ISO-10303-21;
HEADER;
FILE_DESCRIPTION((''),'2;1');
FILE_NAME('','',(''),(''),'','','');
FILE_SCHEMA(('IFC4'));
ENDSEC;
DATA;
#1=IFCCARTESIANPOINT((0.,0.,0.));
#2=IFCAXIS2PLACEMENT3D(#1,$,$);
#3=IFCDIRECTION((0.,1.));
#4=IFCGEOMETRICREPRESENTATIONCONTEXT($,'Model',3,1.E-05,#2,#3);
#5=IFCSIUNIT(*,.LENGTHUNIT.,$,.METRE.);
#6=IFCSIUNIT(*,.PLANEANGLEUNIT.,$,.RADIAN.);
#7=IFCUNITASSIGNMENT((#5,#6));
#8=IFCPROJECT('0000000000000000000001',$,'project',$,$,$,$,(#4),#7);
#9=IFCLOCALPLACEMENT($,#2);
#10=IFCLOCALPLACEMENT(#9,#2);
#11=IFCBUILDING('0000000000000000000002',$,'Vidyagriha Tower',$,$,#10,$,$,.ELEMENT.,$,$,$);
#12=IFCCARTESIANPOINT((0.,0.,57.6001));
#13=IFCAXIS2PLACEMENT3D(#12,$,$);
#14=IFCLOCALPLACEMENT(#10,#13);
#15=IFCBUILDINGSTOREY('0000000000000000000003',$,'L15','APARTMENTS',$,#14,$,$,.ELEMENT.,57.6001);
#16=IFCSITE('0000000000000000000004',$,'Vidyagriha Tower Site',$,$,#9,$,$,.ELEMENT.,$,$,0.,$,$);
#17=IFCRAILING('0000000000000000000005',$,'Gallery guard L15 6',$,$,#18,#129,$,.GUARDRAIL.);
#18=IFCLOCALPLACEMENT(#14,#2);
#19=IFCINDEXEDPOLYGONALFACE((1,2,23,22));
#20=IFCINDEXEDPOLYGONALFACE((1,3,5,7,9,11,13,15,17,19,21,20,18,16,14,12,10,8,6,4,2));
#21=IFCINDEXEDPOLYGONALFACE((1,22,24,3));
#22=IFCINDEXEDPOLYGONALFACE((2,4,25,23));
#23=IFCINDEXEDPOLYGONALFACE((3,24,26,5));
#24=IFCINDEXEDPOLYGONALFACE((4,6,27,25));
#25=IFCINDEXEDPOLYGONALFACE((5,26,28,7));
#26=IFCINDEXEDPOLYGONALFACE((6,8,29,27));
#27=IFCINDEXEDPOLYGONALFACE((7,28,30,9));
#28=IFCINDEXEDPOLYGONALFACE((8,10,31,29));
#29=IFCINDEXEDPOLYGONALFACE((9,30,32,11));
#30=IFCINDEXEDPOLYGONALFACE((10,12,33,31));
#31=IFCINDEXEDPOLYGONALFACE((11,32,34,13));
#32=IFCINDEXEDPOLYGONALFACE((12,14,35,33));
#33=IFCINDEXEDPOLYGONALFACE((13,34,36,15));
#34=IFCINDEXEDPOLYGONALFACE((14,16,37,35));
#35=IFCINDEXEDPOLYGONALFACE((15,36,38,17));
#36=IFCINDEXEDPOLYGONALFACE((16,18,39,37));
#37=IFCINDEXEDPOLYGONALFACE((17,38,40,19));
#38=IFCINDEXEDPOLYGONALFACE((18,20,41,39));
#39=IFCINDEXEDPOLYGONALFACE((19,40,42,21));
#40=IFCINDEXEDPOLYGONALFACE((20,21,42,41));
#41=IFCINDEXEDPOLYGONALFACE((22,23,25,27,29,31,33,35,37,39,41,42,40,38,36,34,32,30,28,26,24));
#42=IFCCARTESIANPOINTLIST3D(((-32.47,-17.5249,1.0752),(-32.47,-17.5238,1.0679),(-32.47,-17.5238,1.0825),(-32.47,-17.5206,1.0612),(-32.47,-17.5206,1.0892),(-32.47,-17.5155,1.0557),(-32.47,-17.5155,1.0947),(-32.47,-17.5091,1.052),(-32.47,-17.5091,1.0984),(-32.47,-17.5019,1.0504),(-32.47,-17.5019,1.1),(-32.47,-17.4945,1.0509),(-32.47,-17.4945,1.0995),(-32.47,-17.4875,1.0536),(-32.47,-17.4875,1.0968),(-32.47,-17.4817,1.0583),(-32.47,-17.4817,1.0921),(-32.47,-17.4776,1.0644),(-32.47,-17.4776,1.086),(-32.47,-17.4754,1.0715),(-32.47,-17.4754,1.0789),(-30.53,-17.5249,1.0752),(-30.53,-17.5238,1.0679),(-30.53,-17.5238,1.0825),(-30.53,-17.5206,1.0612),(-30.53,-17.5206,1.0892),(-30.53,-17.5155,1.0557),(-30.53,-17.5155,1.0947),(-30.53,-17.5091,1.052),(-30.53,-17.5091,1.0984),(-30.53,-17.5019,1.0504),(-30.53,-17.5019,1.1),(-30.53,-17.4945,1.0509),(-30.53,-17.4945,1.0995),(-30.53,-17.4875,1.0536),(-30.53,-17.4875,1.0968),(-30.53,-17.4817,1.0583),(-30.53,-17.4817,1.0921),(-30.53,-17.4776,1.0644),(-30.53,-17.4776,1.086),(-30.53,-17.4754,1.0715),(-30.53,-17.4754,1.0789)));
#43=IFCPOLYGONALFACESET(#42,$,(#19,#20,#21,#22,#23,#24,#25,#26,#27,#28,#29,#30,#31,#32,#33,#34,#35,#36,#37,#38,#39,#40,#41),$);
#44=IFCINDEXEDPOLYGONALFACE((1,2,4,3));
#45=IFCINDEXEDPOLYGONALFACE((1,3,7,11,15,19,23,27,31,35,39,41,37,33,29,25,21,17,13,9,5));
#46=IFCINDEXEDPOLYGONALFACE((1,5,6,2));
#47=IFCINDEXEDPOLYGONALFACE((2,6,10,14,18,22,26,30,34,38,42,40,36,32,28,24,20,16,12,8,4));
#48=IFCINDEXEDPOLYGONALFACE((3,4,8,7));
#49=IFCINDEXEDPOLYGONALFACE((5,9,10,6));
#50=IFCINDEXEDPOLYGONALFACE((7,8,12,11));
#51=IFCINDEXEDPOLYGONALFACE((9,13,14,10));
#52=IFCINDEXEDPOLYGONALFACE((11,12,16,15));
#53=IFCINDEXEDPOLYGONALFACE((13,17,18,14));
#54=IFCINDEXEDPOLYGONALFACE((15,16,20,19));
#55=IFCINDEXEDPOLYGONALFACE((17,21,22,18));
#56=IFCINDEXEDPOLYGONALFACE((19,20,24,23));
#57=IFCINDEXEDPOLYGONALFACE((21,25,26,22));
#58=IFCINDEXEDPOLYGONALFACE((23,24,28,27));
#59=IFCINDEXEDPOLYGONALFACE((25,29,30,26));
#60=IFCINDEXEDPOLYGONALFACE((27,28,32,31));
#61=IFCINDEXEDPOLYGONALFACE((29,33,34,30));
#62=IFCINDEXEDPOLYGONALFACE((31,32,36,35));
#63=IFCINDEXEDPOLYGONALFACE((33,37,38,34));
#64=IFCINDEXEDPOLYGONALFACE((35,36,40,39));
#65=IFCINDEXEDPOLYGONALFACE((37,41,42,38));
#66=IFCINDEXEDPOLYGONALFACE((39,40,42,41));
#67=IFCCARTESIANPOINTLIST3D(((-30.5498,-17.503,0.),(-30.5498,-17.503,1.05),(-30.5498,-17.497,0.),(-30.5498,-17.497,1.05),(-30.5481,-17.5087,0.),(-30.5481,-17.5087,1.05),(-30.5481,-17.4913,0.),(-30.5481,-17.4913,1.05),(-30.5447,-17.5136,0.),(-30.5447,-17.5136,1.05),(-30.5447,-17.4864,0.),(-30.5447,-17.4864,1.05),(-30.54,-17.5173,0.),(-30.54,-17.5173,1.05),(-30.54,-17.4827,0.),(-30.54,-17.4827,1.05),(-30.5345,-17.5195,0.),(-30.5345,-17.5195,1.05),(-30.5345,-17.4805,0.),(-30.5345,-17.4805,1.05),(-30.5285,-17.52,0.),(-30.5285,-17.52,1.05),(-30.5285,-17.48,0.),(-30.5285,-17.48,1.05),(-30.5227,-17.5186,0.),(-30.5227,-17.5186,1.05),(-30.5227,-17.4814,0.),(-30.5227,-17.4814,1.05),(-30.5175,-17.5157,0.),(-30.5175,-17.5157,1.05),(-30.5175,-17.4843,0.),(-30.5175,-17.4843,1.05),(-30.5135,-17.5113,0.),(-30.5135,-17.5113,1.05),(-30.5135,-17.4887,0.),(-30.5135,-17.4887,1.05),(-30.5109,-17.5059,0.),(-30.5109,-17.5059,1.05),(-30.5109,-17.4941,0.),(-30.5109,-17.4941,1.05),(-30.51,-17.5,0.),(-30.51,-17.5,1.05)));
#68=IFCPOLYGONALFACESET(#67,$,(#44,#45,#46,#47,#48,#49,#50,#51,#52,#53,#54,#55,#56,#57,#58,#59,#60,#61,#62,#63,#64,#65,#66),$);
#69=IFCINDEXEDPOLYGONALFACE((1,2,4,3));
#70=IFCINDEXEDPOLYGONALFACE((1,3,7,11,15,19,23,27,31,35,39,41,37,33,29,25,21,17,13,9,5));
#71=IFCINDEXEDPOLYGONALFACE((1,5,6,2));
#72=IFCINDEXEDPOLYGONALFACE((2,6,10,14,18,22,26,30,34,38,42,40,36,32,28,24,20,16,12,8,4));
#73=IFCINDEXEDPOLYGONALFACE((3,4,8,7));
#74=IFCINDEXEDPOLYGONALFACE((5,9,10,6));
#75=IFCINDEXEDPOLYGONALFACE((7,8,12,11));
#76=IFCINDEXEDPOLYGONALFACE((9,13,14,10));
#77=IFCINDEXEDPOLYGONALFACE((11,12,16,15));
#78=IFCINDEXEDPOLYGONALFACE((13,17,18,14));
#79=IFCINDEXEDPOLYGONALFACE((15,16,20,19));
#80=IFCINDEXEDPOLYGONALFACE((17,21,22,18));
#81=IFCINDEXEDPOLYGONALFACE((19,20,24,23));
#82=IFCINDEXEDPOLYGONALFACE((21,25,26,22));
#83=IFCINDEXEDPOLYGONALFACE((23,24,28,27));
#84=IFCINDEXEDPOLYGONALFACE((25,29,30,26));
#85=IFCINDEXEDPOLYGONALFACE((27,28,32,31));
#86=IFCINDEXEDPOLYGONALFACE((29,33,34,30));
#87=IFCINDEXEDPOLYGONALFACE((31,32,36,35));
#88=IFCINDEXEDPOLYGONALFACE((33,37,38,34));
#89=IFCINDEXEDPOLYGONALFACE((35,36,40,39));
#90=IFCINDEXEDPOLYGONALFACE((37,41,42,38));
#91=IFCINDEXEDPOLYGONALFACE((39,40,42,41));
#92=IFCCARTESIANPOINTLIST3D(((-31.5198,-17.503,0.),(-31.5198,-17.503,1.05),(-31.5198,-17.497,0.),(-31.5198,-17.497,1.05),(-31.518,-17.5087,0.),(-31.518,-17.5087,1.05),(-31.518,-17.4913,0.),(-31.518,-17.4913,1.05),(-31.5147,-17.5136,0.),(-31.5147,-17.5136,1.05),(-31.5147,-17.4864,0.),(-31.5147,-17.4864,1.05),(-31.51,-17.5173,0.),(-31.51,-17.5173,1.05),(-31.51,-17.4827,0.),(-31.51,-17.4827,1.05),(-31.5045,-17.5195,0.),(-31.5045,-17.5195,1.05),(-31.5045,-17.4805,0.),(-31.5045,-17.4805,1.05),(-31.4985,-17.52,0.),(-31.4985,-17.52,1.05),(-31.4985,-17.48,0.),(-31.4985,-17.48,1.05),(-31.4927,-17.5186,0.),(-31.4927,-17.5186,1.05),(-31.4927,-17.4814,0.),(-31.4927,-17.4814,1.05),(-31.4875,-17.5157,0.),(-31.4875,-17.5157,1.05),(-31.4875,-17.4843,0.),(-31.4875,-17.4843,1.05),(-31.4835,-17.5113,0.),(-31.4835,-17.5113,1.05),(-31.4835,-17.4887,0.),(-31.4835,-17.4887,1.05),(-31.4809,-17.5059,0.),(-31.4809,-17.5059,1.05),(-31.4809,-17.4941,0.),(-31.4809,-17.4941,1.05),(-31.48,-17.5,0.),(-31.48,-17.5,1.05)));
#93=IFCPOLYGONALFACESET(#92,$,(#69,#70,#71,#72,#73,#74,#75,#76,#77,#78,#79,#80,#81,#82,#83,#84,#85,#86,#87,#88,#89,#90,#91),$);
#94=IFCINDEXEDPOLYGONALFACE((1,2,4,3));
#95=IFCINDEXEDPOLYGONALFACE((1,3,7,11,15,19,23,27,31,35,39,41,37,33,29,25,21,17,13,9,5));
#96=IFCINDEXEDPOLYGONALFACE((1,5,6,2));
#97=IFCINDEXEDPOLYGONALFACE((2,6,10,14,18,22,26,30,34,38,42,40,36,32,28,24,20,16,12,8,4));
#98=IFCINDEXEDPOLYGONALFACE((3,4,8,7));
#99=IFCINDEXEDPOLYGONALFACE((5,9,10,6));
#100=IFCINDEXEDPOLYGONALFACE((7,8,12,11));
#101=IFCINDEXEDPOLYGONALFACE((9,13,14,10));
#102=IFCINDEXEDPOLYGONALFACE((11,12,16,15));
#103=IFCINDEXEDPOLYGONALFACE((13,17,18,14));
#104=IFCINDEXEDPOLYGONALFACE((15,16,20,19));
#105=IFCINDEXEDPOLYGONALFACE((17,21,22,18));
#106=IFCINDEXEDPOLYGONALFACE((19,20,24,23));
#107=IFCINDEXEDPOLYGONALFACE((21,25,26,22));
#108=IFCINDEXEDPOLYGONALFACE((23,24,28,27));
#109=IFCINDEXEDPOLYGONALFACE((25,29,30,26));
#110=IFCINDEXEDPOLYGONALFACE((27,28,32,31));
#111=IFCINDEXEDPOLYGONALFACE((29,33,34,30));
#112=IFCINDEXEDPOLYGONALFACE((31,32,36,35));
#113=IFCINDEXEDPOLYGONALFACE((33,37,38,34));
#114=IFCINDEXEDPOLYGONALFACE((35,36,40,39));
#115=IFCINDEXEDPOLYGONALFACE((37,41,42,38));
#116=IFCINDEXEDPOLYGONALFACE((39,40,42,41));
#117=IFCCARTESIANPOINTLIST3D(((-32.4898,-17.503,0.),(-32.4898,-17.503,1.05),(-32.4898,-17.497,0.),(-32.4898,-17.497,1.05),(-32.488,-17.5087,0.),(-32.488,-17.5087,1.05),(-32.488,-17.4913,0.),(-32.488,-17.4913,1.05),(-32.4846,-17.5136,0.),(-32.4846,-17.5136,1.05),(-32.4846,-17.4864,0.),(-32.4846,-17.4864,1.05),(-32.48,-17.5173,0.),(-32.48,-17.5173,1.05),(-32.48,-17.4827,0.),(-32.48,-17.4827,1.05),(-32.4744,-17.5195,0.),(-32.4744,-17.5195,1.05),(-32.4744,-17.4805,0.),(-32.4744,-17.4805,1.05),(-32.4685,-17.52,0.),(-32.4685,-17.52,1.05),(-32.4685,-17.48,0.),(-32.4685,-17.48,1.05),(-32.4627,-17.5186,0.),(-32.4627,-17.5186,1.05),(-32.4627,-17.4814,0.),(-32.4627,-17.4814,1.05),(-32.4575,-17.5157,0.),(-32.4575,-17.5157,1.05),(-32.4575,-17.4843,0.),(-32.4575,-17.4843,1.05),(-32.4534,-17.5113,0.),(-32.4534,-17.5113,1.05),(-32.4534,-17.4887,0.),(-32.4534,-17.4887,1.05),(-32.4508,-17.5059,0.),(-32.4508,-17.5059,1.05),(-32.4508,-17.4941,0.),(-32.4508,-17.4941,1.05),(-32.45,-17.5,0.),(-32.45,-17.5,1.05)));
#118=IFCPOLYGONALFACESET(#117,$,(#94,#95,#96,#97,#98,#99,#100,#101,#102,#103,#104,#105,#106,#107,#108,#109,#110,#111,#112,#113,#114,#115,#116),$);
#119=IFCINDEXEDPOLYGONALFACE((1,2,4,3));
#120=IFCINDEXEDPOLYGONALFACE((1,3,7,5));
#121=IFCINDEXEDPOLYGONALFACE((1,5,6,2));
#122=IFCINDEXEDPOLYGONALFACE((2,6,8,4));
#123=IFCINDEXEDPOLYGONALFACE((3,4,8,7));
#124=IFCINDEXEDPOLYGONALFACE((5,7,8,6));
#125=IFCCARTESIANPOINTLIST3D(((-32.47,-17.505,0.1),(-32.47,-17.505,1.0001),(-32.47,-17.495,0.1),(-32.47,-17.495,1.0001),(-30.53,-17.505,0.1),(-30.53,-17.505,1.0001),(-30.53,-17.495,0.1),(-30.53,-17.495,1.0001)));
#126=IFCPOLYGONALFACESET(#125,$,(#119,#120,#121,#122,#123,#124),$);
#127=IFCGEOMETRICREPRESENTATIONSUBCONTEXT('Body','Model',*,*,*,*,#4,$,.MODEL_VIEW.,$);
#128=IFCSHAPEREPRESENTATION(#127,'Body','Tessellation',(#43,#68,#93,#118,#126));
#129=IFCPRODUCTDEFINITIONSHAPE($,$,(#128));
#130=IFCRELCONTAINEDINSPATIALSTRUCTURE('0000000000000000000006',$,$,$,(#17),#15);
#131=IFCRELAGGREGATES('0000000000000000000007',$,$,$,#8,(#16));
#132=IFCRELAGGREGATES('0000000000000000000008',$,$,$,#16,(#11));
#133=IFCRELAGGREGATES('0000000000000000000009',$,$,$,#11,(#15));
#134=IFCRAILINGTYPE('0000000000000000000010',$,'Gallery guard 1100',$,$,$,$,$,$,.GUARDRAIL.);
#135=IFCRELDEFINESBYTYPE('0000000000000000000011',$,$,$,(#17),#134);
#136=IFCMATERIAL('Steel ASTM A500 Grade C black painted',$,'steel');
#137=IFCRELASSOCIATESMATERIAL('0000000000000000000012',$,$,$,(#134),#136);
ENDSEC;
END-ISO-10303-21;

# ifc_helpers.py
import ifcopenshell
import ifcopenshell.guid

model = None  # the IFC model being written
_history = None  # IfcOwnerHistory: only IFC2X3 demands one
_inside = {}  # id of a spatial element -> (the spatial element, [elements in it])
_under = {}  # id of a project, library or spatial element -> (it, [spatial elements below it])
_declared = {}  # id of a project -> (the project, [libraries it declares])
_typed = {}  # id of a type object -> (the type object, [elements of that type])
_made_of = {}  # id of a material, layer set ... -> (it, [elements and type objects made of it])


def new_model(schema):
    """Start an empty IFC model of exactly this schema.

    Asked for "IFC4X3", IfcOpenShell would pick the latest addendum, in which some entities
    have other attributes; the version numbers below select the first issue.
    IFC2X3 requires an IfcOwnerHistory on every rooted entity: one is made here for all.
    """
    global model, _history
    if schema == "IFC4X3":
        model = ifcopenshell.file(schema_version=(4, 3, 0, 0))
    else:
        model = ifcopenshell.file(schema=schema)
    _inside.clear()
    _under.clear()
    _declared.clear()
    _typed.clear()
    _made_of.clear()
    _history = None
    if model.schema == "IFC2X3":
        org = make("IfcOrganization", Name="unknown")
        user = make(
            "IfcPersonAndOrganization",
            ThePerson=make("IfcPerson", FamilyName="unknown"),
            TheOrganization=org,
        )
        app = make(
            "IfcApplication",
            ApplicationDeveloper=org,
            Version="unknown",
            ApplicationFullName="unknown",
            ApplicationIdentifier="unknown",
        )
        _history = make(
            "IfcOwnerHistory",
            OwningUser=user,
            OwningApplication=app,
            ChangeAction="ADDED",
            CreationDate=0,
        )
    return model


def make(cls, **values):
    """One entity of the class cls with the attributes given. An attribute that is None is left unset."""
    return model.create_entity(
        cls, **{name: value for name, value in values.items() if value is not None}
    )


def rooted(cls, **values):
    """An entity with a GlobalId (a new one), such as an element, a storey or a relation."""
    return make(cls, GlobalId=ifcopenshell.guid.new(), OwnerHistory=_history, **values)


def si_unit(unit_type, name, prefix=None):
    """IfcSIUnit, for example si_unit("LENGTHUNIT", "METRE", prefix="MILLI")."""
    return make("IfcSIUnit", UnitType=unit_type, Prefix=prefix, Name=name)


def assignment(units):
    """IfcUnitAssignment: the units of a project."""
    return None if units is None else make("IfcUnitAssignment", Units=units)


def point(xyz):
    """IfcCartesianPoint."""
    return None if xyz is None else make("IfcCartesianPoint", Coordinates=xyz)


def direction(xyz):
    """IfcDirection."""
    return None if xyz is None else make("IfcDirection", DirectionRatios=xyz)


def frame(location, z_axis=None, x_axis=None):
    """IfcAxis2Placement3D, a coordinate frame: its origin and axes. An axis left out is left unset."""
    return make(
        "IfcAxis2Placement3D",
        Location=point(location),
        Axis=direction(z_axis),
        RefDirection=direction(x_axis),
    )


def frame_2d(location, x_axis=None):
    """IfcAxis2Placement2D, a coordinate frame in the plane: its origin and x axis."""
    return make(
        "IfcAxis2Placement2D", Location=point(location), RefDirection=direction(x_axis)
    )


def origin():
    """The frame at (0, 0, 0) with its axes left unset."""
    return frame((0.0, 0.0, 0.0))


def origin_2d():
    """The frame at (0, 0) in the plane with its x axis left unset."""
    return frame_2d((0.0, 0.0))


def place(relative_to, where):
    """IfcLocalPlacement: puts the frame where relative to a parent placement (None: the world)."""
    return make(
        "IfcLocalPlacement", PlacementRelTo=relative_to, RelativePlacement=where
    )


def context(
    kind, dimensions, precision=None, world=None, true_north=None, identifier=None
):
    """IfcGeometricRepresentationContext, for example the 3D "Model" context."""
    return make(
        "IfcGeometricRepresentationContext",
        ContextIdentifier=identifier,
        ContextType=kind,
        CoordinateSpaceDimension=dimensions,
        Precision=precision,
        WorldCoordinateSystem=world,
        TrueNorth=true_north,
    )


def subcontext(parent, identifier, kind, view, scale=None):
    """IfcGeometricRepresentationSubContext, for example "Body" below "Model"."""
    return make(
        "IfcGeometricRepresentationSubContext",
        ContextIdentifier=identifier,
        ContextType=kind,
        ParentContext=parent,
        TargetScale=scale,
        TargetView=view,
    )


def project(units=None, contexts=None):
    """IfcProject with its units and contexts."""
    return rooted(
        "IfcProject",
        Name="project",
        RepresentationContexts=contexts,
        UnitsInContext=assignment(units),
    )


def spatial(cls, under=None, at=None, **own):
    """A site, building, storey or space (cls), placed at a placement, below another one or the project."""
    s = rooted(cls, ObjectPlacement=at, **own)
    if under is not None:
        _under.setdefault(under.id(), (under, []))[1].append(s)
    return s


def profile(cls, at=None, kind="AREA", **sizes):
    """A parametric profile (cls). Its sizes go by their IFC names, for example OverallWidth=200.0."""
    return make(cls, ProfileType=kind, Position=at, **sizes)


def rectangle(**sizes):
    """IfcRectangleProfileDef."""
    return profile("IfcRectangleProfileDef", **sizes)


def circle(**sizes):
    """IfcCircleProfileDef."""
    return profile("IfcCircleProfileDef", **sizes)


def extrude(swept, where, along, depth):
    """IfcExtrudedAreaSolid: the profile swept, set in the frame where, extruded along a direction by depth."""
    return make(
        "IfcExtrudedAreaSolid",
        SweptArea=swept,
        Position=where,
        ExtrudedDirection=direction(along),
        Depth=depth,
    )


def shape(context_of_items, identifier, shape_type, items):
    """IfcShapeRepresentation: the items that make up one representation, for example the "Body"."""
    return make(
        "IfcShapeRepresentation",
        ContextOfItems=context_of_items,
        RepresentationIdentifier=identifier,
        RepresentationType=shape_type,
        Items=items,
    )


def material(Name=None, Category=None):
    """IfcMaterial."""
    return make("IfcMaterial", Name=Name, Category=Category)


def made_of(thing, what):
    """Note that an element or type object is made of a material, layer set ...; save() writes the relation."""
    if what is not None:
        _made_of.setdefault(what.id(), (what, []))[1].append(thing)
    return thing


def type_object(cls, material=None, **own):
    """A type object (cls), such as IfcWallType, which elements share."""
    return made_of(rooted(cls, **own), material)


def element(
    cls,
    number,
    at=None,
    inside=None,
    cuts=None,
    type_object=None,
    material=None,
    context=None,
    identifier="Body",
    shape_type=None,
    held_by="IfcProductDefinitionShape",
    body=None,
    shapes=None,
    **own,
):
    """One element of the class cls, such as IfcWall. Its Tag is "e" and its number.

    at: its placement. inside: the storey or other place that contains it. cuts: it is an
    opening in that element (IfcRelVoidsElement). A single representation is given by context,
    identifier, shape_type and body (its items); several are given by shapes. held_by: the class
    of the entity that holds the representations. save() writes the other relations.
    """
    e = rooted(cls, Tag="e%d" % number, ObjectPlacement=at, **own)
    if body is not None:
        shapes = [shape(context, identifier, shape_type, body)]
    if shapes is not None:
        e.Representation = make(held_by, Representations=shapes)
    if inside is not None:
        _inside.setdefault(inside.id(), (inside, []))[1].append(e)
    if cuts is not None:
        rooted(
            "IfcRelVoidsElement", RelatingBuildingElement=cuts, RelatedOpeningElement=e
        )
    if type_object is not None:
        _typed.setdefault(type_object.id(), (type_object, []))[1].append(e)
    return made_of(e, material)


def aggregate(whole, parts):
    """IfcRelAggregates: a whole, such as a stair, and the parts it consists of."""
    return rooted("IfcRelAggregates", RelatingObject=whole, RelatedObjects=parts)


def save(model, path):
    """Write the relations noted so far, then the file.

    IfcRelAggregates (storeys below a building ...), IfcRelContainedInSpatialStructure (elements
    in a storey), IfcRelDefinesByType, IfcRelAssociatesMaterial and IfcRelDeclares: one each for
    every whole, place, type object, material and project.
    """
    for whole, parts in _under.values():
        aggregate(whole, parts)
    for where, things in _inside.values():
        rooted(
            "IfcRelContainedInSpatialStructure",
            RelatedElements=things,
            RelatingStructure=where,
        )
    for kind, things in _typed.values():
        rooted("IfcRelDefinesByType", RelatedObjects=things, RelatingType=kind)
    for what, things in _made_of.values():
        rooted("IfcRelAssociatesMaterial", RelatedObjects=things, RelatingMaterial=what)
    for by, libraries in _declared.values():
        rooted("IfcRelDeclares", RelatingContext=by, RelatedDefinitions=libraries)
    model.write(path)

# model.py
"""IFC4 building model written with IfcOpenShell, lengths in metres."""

from ifc_helpers import new_model, si_unit, direction, frame, origin, origin_2d, place, context, subcontext, project, spatial, rectangle, circle, extrude, material, type_object, element, save


model = new_model("IFC4")

# Units and contexts
model_context = context("Model", 3, precision=1e-05, world=origin(), true_north=direction((0.0, 1.0)))
body_context = subcontext(model_context, "Body", "Model", "MODEL_VIEW")
ifc_project = project(units=[si_unit("LENGTHUNIT", "METRE"), si_unit("PLANEANGLEUNIT", "RADIAN")], contexts=[model_context])

# Site, building, storey
site_placement = place(None, origin())
site = spatial("IfcSite", under=ifc_project, at=site_placement, Name="Vidyagriha Tower Site", CompositionType="ELEMENT", RefElevation=0.0)
building_placement = place(site_placement, origin())
building = spatial("IfcBuilding", under=site, at=building_placement, Name="Vidyagriha Tower", CompositionType="ELEMENT")
storey_placement = place(building_placement, frame((0.0, 0.0, 57.6001)))
storey = spatial("IfcBuildingStorey", under=building, at=storey_placement, Name="L15", Description="APARTMENTS", CompositionType="ELEMENT", Elevation=57.6001)

# Railing
ifc_material_1 = material(Name="Steel ASTM A500 Grade C black painted", Category="steel")
railing_type_1 = type_object("IfcRailingType", Name="Gallery guard 1100", PredefinedType="GUARDRAIL", material=ifc_material_1)
railing_1_placement = place(storey_placement, frame((-30.53, -17.5, 0.0)))
element("IfcRailing", 1, at=railing_1_placement, inside=storey, type_object=railing_type_1, Name="Gallery guard L15 6", PredefinedType="GUARDRAIL", context=body_context, shape_type="SweptSolid", body=[
    extrude(circle(Radius=0.0249, at=origin_2d()), frame((0.0, 0.0, 1.0752), z_axis=(-1.0, 0.0, 0.0), x_axis=(0.0, -1.0, 0.0)), (0.0, 0.0, 1.0), 1.9399),
    extrude(circle(Radius=0.02, at=origin_2d()), origin(), (0.0, 0.0, 1.0), 1.05),
    extrude(circle(Radius=0.02, at=origin_2d()), frame((-0.97, 0.0, 0.0)), (0.0, 0.0, 1.0), 1.05),
    extrude(circle(Radius=0.02, at=origin_2d()), frame((-1.9399, 0.0, 0.0)), (0.0, 0.0, 1.0), 1.05),
    extrude(rectangle(XDim=0.01, YDim=0.9001, at=origin_2d()), frame((0.0, 0.0, 0.55), z_axis=(-1.0, 0.0, 0.0), x_axis=(0.0, -1.0, 0.0)), (0.0, 0.0, 1.0), 1.9399),
])

save(model, "model.ifc")
